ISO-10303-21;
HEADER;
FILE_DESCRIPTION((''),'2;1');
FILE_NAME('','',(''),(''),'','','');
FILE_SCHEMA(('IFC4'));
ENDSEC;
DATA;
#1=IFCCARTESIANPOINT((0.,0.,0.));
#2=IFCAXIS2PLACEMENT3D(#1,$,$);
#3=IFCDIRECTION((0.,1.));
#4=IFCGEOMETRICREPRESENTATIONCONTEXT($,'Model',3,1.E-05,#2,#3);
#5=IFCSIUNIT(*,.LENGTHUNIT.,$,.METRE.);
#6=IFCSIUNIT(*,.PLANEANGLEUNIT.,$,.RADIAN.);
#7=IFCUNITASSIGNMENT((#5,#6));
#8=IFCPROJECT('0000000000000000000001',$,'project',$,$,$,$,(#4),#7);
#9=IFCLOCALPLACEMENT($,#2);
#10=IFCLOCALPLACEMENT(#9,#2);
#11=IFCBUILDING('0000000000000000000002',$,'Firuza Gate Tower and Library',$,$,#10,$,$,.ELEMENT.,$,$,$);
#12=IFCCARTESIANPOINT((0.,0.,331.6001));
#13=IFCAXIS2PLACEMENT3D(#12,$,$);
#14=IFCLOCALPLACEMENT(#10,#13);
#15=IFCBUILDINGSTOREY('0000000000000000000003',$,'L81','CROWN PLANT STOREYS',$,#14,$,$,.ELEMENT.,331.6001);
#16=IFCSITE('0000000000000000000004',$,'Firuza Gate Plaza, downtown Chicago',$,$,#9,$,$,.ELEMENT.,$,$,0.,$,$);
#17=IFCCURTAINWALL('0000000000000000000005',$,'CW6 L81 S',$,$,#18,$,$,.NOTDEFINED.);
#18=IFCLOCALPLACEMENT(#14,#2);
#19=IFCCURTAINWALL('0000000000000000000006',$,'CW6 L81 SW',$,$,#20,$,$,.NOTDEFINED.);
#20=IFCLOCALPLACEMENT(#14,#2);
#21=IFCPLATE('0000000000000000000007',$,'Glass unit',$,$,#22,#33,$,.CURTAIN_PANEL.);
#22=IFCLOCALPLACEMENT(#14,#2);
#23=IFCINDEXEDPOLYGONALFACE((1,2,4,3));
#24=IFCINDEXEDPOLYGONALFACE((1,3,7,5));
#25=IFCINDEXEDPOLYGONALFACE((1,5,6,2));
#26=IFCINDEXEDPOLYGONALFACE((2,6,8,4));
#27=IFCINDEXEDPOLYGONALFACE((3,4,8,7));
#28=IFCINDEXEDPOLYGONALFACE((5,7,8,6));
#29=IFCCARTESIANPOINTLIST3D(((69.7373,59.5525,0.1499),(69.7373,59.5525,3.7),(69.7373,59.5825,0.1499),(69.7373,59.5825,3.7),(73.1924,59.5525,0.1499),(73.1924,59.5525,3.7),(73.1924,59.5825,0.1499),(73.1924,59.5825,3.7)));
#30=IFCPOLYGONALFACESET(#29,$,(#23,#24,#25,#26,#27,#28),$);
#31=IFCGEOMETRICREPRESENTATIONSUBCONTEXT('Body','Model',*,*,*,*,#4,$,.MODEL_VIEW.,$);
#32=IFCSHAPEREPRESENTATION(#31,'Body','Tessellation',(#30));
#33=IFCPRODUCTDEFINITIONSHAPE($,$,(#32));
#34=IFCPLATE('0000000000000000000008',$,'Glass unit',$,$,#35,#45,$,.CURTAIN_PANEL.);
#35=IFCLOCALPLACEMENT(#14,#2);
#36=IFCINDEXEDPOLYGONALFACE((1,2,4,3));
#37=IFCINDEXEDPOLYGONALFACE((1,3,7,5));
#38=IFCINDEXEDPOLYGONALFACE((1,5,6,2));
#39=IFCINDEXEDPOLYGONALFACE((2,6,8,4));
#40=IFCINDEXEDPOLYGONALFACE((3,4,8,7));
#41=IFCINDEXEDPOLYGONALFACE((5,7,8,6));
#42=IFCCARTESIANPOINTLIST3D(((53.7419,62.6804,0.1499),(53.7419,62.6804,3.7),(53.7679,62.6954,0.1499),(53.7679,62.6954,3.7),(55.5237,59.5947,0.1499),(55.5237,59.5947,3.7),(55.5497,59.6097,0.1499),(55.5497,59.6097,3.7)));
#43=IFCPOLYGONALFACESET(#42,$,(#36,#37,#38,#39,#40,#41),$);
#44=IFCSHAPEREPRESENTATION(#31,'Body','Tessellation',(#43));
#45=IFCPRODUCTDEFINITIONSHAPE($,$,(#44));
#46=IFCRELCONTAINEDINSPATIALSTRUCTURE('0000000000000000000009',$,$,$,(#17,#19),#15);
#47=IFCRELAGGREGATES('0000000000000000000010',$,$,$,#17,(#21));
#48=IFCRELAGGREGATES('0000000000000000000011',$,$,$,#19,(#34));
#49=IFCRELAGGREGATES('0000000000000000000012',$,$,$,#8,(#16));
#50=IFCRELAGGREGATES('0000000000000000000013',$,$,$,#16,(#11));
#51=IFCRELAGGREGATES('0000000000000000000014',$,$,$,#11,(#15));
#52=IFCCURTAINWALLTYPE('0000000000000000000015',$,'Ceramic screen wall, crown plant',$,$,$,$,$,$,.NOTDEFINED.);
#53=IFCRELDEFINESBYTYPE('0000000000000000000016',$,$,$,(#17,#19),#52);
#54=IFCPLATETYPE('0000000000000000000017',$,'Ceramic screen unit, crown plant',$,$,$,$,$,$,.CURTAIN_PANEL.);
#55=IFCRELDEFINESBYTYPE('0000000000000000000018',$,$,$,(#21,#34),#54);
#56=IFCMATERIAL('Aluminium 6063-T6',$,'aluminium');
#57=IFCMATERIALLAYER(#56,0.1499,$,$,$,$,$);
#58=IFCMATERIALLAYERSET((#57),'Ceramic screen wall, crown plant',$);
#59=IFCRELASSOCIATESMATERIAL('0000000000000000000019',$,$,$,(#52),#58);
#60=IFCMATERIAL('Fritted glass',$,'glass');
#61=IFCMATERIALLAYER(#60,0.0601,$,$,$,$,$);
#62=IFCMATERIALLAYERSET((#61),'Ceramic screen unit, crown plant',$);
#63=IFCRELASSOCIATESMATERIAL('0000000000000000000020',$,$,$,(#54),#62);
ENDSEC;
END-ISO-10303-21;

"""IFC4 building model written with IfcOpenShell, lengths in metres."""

from ifc_helpers import new_model, si_unit, direction, frame, origin, place, context, subcontext, project, spatial, polyline, outline, extrude, material, layer, layer_set, type_object, element, aggregate, save


model = new_model("IFC4")

# Units and contexts
model_context = context("Model", 3, precision=1e-05, world=origin(), true_north=direction((0.0, 1.0)))
body_context = subcontext(model_context, "Body", "Model", "MODEL_VIEW")
ifc_project = project(units=[si_unit("LENGTHUNIT", "METRE"), si_unit("PLANEANGLEUNIT", "RADIAN")], contexts=[model_context])

# Site, building, storey
site_placement = place(None, origin())
site = spatial("IfcSite", under=ifc_project, at=site_placement, Name="Firuza Gate Plaza, downtown Chicago", CompositionType="ELEMENT", RefElevation=0.0)
building_placement = place(site_placement, origin())
building = spatial("IfcBuilding", under=site, at=building_placement, Name="Firuza Gate Tower and Library", CompositionType="ELEMENT")
storey_placement = place(building_placement, frame((0.0, 0.0, 331.6001)))
storey = spatial("IfcBuildingStorey", under=building, at=storey_placement, Name="L81", Description="CROWN PLANT STOREYS", CompositionType="ELEMENT", Elevation=331.6001)

# Curtain walls
ifc_material_1 = material(Name="Aluminium 6063-T6", Category="aluminium")
ifc_layer_1 = layer(ifc_material_1, 0.1499)
ifc_layer_set_1 = layer_set([ifc_layer_1], Name="Ceramic screen wall, crown plant")
curtain_wall_type = type_object("IfcCurtainWallType", Name="Ceramic screen wall, crown plant", PredefinedType="NOTDEFINED", material=ifc_layer_set_1)
placement_1 = place(storey_placement, origin())
curtain_wall_1 = element("IfcCurtainWall", 1, at=placement_1, inside=storey, type_object=curtain_wall_type, Name="CW6 L81 S", PredefinedType="NOTDEFINED")
curtain_wall_2 = element("IfcCurtainWall", 2, at=placement_1, inside=storey, type_object=curtain_wall_type, Name="CW6 L81 SW", PredefinedType="NOTDEFINED")

# Plates
ifc_material_2 = material(Name="Fritted glass", Category="glass")
ifc_layer_2 = layer(ifc_material_2, 0.0601)
ifc_layer_set_2 = layer_set([ifc_layer_2], Name="Ceramic screen unit, crown plant")
plate_type = type_object("IfcPlateType", Name="Ceramic screen unit, crown plant", PredefinedType="CURTAIN_PANEL", material=ifc_layer_set_2)
plate_1_placement = place(storey_placement, frame((69.7373, 59.5525, 0.1499), z_axis=(0.0, -1.0, 0.0), x_axis=(1.0, 0.0, 0.0)))
plate_1 = element("IfcPlate", 3, at=plate_1_placement, type_object=plate_type, Name="Glass unit", PredefinedType="CURTAIN_PANEL", context=body_context, shape_type="SweptSolid", body=[
    extrude(outline(polyline([(0.0, 0.0), (3.4551, 0.0), (3.4551, 3.55), (0.0, 3.55), (0.0, 0.0)])), origin(), (0.0, 0.0, -1.0), 0.03),
])
aggregate(curtain_wall_1, [plate_1])
plate_2_placement = place(storey_placement, frame((53.7419, 62.6804, 0.1499), z_axis=(-0.866, -0.500045, 0.0), x_axis=(0.500045, -0.866, 0.0)))
plate_2 = element("IfcPlate", 4, at=plate_2_placement, type_object=plate_type, Name="Glass unit", PredefinedType="CURTAIN_PANEL", context=body_context, shape_type="SweptSolid", body=[
    extrude(outline(polyline([(0.0, 0.0), (3.5632, 0.0), (3.5632, 3.55), (0.0, 3.55), (0.0, 0.0)])), origin(), (0.0, 0.0, -1.0), 0.03),
])
aggregate(curtain_wall_2, [plate_2])

save(model, "model.ifc")
